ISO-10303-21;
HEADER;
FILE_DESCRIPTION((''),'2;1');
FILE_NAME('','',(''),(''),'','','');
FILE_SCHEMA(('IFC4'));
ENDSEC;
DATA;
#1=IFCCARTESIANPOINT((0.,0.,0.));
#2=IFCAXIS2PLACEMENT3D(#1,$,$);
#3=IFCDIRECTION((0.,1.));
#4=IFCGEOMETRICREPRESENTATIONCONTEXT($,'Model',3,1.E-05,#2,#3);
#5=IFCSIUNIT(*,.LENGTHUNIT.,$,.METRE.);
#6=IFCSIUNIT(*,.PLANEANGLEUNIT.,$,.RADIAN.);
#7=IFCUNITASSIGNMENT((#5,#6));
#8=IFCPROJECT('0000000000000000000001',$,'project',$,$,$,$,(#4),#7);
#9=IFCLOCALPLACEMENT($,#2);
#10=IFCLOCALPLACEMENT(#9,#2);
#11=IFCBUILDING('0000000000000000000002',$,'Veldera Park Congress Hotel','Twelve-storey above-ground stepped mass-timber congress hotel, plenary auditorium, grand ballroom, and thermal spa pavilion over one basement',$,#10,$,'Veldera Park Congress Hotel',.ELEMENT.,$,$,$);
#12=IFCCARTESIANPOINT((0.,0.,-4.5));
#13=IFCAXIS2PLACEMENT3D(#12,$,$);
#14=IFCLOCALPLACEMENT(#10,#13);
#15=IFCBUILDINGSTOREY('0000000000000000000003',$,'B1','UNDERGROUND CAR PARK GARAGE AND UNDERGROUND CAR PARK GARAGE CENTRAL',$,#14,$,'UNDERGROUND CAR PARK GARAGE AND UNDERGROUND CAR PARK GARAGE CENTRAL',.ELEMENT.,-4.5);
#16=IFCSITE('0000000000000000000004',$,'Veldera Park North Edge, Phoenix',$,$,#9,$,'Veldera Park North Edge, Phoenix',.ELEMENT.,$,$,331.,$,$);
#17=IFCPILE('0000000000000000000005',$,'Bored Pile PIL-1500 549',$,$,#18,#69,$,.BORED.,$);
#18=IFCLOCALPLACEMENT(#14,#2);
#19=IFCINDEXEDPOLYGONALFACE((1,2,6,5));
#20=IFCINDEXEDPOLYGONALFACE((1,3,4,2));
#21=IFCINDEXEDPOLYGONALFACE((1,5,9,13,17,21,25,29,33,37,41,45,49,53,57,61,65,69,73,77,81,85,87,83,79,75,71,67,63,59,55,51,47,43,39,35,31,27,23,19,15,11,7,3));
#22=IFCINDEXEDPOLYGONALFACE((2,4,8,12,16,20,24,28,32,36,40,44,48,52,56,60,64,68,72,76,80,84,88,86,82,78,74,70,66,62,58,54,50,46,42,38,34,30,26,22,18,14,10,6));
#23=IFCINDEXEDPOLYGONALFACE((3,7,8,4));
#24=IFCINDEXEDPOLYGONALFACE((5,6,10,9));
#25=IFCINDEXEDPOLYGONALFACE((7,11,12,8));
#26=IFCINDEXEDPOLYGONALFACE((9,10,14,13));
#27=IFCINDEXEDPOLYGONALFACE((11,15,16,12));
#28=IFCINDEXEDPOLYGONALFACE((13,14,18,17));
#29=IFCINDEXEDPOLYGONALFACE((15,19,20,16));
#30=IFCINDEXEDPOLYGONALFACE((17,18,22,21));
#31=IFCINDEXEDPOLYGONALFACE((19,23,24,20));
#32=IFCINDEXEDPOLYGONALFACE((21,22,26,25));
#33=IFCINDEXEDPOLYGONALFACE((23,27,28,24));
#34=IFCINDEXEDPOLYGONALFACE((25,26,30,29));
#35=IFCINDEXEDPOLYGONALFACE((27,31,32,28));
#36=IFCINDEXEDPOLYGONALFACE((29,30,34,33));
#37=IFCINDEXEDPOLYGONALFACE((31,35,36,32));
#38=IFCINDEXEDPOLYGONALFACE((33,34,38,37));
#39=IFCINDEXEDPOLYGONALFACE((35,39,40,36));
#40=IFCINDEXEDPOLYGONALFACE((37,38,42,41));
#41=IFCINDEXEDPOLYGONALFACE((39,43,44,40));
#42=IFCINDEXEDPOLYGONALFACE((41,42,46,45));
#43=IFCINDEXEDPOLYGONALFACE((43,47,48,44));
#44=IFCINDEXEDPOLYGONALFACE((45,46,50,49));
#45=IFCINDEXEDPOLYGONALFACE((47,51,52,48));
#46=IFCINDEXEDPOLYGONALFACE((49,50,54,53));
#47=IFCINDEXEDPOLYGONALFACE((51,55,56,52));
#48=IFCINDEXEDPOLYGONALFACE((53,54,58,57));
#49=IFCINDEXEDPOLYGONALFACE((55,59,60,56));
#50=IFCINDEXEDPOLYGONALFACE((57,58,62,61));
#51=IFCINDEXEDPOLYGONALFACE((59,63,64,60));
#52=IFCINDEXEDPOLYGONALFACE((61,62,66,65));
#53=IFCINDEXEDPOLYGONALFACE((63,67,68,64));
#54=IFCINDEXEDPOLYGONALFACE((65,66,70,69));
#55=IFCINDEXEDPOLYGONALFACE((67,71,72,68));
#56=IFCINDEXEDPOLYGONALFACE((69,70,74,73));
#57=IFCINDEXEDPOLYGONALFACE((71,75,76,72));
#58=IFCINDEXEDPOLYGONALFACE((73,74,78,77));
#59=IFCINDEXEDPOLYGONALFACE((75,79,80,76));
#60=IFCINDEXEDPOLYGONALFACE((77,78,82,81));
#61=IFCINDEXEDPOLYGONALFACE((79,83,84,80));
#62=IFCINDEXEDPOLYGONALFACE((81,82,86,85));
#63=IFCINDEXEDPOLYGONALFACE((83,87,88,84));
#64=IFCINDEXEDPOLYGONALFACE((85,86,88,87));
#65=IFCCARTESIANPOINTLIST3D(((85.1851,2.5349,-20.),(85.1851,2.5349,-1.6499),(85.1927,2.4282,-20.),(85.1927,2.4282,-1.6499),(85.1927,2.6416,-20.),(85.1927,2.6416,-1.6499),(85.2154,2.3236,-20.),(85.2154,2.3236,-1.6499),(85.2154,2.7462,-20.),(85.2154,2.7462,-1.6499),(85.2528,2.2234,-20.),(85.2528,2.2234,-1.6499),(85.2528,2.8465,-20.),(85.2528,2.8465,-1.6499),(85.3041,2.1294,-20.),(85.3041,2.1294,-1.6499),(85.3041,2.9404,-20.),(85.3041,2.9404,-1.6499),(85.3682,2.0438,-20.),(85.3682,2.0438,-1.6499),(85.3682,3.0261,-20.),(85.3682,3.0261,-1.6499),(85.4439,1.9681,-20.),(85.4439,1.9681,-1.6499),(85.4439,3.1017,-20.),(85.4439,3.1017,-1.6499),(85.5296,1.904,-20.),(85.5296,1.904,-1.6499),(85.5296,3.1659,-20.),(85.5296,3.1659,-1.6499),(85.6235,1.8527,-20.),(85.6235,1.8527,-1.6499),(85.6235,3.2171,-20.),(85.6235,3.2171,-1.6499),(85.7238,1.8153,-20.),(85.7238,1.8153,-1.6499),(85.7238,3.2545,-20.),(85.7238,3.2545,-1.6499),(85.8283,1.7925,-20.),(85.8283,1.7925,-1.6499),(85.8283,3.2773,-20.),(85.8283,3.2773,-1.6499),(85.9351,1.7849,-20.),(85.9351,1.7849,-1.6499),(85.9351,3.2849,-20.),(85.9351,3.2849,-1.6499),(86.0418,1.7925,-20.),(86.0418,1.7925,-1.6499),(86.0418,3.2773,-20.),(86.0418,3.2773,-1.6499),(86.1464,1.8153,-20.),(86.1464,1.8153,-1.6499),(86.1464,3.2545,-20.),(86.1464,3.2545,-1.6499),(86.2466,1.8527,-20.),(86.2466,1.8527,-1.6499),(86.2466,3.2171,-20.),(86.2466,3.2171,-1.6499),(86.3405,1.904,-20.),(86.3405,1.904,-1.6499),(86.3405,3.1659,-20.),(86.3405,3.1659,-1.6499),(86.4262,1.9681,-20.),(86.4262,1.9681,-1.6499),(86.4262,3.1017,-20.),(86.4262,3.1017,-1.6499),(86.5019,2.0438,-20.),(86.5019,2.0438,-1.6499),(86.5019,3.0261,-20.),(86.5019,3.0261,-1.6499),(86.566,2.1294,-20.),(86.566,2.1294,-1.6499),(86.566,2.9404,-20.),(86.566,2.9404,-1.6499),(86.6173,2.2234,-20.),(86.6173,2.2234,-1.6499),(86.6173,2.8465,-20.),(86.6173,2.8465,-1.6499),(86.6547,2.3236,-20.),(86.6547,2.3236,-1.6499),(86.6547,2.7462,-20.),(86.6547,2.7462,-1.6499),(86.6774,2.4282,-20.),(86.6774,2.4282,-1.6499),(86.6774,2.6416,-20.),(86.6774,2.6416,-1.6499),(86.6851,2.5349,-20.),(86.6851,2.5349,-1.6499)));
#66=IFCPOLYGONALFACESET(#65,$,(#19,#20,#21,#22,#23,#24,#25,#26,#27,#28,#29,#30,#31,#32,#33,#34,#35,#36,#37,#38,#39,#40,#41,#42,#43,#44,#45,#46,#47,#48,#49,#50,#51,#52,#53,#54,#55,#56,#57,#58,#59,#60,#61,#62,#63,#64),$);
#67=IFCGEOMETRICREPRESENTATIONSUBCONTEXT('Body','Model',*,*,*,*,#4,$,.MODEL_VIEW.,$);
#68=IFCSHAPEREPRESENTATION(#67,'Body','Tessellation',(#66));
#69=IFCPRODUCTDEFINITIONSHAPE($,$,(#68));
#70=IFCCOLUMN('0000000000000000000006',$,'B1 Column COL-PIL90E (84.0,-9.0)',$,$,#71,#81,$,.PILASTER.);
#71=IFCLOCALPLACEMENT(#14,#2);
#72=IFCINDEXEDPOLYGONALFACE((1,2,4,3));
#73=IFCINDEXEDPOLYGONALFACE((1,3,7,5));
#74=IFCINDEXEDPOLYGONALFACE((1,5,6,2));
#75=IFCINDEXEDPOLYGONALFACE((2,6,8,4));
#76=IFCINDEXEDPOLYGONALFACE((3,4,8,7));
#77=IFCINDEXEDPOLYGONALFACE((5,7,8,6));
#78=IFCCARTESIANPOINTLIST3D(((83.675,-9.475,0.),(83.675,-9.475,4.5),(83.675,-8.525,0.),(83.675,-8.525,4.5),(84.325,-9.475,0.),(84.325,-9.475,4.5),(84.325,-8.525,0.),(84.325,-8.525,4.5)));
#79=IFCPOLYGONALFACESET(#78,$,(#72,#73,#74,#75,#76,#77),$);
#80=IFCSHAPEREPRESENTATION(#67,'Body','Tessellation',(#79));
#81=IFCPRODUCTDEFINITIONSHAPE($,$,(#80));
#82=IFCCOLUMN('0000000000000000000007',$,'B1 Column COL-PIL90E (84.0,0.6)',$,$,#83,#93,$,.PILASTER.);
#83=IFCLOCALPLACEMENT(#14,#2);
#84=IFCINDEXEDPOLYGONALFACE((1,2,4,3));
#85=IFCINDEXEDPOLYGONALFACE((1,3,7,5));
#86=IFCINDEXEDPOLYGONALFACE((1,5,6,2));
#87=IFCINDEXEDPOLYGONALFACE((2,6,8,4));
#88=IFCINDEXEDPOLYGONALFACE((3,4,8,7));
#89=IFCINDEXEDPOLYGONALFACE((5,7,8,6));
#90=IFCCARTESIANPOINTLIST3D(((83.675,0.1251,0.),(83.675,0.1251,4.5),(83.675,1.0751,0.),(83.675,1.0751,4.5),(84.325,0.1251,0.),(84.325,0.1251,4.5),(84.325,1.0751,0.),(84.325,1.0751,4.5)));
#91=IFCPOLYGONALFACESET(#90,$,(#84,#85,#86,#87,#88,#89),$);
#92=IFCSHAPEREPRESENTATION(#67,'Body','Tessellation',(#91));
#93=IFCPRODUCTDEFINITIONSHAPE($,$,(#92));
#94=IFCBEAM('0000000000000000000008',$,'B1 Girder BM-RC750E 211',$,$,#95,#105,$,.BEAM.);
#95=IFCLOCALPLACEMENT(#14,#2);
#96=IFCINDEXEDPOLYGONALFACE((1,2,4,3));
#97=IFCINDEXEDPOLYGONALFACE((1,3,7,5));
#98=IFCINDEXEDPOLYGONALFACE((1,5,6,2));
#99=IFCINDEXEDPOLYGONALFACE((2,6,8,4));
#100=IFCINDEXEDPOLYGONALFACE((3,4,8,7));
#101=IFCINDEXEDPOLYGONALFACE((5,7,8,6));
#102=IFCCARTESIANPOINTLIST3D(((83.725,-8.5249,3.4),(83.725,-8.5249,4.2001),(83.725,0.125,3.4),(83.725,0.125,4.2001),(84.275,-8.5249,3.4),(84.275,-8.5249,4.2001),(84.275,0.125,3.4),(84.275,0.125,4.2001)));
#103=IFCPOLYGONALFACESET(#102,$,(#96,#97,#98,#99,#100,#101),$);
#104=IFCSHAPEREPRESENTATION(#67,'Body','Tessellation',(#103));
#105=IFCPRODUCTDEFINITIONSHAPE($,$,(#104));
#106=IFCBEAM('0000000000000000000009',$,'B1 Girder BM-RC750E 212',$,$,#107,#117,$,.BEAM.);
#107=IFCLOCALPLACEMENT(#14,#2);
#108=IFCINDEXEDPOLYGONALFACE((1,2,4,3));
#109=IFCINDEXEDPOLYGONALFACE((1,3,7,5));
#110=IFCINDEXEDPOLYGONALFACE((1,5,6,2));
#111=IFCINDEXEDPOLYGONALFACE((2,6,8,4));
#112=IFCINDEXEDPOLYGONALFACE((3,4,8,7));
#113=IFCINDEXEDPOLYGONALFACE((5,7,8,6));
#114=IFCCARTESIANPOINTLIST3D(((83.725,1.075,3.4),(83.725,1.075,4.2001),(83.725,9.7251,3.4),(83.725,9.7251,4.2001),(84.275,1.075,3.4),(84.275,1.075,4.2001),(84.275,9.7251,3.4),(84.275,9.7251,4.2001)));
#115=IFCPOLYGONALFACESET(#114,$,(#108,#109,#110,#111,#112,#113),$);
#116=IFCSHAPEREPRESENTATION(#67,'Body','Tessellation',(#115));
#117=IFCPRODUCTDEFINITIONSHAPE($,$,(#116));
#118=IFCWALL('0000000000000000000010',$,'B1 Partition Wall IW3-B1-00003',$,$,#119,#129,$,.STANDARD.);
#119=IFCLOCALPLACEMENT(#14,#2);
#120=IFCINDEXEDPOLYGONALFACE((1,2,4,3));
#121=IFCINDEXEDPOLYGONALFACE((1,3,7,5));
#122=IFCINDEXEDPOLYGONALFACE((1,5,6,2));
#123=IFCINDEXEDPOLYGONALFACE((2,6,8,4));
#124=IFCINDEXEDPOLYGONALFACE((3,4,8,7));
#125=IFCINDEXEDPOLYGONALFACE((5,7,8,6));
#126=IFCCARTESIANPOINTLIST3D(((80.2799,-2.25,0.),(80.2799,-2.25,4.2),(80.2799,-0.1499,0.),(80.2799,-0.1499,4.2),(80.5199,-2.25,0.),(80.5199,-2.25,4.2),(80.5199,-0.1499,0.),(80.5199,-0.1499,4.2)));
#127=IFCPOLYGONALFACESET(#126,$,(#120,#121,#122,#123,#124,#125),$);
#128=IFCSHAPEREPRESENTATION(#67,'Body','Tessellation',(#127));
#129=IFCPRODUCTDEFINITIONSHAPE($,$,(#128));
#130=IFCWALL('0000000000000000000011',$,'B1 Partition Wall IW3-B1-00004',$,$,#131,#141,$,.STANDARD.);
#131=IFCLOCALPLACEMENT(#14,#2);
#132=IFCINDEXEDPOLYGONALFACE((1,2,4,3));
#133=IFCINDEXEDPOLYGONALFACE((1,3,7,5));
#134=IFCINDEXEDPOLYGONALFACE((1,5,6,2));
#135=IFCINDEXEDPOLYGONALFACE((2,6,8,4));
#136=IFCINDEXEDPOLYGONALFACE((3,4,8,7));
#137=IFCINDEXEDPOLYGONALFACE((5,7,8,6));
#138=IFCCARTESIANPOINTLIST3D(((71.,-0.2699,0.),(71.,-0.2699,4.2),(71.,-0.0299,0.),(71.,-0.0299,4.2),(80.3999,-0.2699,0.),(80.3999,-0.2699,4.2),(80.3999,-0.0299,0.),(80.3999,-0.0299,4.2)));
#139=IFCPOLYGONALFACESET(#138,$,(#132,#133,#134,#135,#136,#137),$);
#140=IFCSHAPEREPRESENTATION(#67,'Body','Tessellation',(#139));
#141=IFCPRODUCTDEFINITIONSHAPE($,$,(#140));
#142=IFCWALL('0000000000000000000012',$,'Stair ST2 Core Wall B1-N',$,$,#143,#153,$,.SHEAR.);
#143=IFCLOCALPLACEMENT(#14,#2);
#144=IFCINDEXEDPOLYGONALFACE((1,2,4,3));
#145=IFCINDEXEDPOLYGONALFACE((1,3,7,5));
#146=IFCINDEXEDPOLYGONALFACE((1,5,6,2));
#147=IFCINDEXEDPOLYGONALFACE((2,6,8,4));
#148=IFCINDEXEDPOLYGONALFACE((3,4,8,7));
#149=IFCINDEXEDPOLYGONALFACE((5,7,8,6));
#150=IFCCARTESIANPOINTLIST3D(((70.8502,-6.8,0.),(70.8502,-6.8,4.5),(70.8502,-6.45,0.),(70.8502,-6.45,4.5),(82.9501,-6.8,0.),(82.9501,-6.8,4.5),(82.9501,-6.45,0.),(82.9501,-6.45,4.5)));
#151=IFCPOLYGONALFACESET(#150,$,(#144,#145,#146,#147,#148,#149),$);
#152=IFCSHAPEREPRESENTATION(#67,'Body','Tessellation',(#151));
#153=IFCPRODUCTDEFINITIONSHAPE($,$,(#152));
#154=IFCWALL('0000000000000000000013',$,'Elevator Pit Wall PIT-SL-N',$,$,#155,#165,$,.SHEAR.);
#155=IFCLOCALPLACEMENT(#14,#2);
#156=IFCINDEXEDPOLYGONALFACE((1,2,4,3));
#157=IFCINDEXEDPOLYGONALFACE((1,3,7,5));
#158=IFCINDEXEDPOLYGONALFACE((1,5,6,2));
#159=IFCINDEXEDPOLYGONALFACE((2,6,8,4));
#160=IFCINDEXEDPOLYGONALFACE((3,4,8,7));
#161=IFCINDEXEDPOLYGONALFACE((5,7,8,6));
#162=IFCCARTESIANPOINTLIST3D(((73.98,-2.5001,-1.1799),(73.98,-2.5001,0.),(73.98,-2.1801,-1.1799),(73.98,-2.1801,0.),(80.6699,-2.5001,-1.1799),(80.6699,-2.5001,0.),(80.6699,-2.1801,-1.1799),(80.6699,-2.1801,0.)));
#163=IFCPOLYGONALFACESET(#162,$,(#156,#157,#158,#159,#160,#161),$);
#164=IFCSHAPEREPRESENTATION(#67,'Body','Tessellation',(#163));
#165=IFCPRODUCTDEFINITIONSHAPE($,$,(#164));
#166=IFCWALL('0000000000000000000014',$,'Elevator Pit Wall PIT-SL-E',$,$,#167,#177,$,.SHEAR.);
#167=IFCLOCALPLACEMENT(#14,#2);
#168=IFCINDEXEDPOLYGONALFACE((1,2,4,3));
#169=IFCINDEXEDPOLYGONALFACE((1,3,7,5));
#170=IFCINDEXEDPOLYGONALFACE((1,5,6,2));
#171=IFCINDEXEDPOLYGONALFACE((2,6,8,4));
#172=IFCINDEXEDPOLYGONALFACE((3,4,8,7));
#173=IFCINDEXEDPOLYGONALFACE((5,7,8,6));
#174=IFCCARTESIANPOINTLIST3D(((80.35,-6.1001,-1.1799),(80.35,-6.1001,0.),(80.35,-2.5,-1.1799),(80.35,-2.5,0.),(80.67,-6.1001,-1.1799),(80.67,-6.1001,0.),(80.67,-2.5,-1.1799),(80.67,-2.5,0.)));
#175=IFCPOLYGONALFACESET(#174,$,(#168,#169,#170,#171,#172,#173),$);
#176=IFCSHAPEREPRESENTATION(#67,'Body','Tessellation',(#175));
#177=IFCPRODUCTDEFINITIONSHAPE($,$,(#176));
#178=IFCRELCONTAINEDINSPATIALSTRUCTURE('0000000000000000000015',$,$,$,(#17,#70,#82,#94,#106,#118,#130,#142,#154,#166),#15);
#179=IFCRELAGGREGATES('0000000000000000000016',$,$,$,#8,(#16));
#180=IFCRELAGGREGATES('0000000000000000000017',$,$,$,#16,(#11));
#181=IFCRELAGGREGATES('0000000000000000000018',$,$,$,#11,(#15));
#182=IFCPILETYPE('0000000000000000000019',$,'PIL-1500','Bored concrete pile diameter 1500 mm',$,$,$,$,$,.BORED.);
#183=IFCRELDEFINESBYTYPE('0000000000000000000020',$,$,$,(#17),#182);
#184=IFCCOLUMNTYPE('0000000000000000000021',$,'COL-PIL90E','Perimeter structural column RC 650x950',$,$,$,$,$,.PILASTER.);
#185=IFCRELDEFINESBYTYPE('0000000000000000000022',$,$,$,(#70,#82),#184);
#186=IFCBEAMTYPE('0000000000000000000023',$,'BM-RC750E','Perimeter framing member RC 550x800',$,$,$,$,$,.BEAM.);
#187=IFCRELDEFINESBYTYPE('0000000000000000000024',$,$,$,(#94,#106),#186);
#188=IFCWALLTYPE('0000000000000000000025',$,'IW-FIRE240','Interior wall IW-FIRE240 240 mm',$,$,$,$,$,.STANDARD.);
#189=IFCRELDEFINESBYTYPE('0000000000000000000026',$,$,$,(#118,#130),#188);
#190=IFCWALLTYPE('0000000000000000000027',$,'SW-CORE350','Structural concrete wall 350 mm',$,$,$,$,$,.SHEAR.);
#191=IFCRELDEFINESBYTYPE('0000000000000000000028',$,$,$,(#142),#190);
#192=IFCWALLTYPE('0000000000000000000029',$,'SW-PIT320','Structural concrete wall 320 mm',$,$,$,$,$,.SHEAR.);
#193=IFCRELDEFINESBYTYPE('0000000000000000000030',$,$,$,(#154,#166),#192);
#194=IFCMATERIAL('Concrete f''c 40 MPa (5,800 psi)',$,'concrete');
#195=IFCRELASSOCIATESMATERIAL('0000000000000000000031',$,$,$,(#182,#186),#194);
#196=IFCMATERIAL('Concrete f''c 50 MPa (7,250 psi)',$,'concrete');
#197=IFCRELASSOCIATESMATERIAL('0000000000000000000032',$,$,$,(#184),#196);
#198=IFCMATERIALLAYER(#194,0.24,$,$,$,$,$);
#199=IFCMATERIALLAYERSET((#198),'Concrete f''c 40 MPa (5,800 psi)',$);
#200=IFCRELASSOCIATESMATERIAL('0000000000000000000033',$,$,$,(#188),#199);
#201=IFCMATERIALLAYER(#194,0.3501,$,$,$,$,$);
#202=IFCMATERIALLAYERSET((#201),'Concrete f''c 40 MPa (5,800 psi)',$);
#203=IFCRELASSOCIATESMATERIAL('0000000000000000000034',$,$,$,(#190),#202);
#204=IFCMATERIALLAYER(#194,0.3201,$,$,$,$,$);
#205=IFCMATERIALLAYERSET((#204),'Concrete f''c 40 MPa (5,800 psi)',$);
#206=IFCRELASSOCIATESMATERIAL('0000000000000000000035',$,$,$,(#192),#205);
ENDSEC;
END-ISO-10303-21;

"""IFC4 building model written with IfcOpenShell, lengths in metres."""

from ifc_helpers import new_model, si_unit, direction, frame, frame_2d, origin, origin_2d, place, context, subcontext, project, spatial, rectangle, circle, extrude, material, layer, layer_set, material_profile, profile_set, type_object, element, save


model = new_model("IFC4")

# Units and contexts
model_context = context("Model", 3, precision=1e-05, world=origin(), true_north=direction((0.0, 1.0)))
body_context = subcontext(model_context, "Body", "Model", "MODEL_VIEW")
ifc_project = project(units=[si_unit("LENGTHUNIT", "METRE"), si_unit("PLANEANGLEUNIT", "RADIAN")], contexts=[model_context])

# Site, building, storey
site_placement = place(None, origin())
site = spatial("IfcSite", under=ifc_project, at=site_placement, Name="Veldera Park North Edge, Phoenix", LongName="Veldera Park North Edge, Phoenix", CompositionType="ELEMENT", RefElevation=331.0)
building_placement = place(site_placement, origin())
building = spatial("IfcBuilding", under=site, at=building_placement, Name="Veldera Park Congress Hotel", Description="Twelve-storey above-ground stepped mass-timber congress hotel, plenary auditorium, grand ballroom, and thermal spa pavilion over one basement", LongName="Veldera Park Congress Hotel", CompositionType="ELEMENT")
storey_placement = place(building_placement, frame((0.0, 0.0, -4.5)))
storey = spatial("IfcBuildingStorey", under=building, at=storey_placement, Name="B1", Description="UNDERGROUND CAR PARK GARAGE AND UNDERGROUND CAR PARK GARAGE CENTRAL", LongName="UNDERGROUND CAR PARK GARAGE AND UNDERGROUND CAR PARK GARAGE CENTRAL", CompositionType="ELEMENT", Elevation=-4.5)

# Shared definitions
ifc_material_1 = material(Name="Concrete f'c 40 MPa (5,800 psi)", Category="concrete")

# Pile
ifc_material_profile_1 = material_profile(ifc_material_1, circle(Radius=0.75, at=origin_2d()), Name="PILE D1500")
ifc_profile_set_1 = profile_set([ifc_material_profile_1], Name="Concrete f'c 40 MPa (5,800 psi)")
pile_type = type_object("IfcPileType", Name="PIL-1500", Description="Bored concrete pile diameter 1500 mm", PredefinedType="BORED", material=ifc_profile_set_1)
for number, where, z_axis, x_axis, name in (
    (1, (85.9351, 2.5349, -1.6499), (0.0, 0.0, -1.0), (1.0, 0.0, 0.0), "Bored Pile PIL-1500 549"),
):
    element("IfcPile", number, at=place(storey_placement, frame(where, z_axis=z_axis, x_axis=x_axis)), inside=storey, type_object=pile_type, Name=name, PredefinedType="BORED", context=body_context, shape_type="SweptSolid", body=[
        extrude(circle(Radius=0.75, at=origin_2d()), origin(), (0.0, 0.0, 1.0), 18.3501),
    ])

# Columns
ifc_material_2 = material(Name="Concrete f'c 50 MPa (7,250 psi)", Category="concrete")
ifc_material_profile_2 = material_profile(ifc_material_2, rectangle(XDim=0.6499, YDim=0.95, at=origin_2d()), Name="RC 650x950")
ifc_profile_set_2 = profile_set([ifc_material_profile_2], Name="Concrete f'c 50 MPa (7,250 psi)")
column_type = type_object("IfcColumnType", Name="COL-PIL90E", Description="Perimeter structural column RC 650x950", PredefinedType="PILASTER", material=ifc_profile_set_2)
for number, where, z_axis, x_axis, name in (
    (2, (84.0, -9.0, 0.0), (0.0, 0.0, 1.0), (1.0, 0.0, 0.0), "B1 Column COL-PIL90E (84.0,-9.0)"),
    (3, (84.0, 0.6001, 0.0), (0.0, 0.0, 1.0), (1.0, 0.0, 0.0), "B1 Column COL-PIL90E (84.0,0.6)"),
):
    element("IfcColumn", number, at=place(storey_placement, frame(where, z_axis=z_axis, x_axis=x_axis)), inside=storey, type_object=column_type, Name=name, PredefinedType="PILASTER", context=body_context, shape_type="SweptSolid", body=[
        extrude(rectangle(XDim=0.6499, YDim=0.95, at=origin_2d()), origin(), (0.0, 0.0, 1.0), 4.5),
    ])

# Beams
ifc_material_profile_3 = material_profile(ifc_material_1, rectangle(XDim=0.55, YDim=0.8, at=origin_2d()), Name="RC 550x800")
ifc_profile_set_3 = profile_set([ifc_material_profile_3], Name="Concrete f'c 40 MPa (5,800 psi)")
beam_type = type_object("IfcBeamType", Name="BM-RC750E", Description="Perimeter framing member RC 550x800", PredefinedType="BEAM", material=ifc_profile_set_3)
beam_1_placement = place(storey_placement, frame((84.0, -8.5249, 3.8), z_axis=(0.0, 1.0, 0.0), x_axis=(-1.0, 0.0, 0.0)))
element("IfcBeam", 4, at=beam_1_placement, inside=storey, type_object=beam_type, Name="B1 Girder BM-RC750E 211", PredefinedType="BEAM", context=body_context, shape_type="SweptSolid", body=[
    extrude(rectangle(XDim=0.55, YDim=0.8, at=origin_2d()), origin(), (0.0, 0.0, 1.0), 8.6499),
])
beam_2_placement = place(storey_placement, frame((84.0, 1.075, 3.8), z_axis=(0.0, 1.0, 0.0), x_axis=(-1.0, 0.0, 0.0)))
element("IfcBeam", 5, at=beam_2_placement, inside=storey, type_object=beam_type, Name="B1 Girder BM-RC750E 212", PredefinedType="BEAM", context=body_context, shape_type="SweptSolid", body=[
    extrude(rectangle(XDim=0.55, YDim=0.8, at=origin_2d()), origin(), (0.0, 0.0, 1.0), 8.6501),
])

# Walls
ifc_layer_1 = layer(ifc_material_1, 0.24)
ifc_layer_set_1 = layer_set([ifc_layer_1], Name="Concrete f'c 40 MPa (5,800 psi)")
wall_type_1 = type_object("IfcWallType", Name="IW-FIRE240", Description="Interior wall IW-FIRE240 240 mm", PredefinedType="STANDARD", material=ifc_layer_set_1)
wall_1_placement = place(storey_placement, frame((80.3999, -2.25, 0.0), z_axis=(0.0, 0.0, 1.0), x_axis=(0.0, 1.0, 0.0)))
element("IfcWall", 6, at=wall_1_placement, inside=storey, type_object=wall_type_1, Name="B1 Partition Wall IW3-B1-00003", PredefinedType="STANDARD", context=body_context, shape_type="SweptSolid", body=[
    extrude(rectangle(XDim=2.1001, YDim=0.24, at=frame_2d((1.05, 0.0))), origin(), (0.0, 0.0, 1.0), 4.2),
])
wall_2_placement = place(storey_placement, frame((80.3999, -0.1499, 0.0), z_axis=(0.0, 0.0, 1.0), x_axis=(-1.0, 0.0, 0.0)))
element("IfcWall", 7, at=wall_2_placement, inside=storey, type_object=wall_type_1, Name="B1 Partition Wall IW3-B1-00004", PredefinedType="STANDARD", context=body_context, shape_type="SweptSolid", body=[
    extrude(rectangle(XDim=9.3999, YDim=0.24, at=frame_2d((4.7, 0.0))), origin(), (0.0, 0.0, 1.0), 4.2),
])
ifc_layer_2 = layer(ifc_material_1, 0.3501)
ifc_layer_set_2 = layer_set([ifc_layer_2], Name="Concrete f'c 40 MPa (5,800 psi)")
wall_type_2 = type_object("IfcWallType", Name="SW-CORE350", Description="Structural concrete wall 350 mm", PredefinedType="SHEAR", material=ifc_layer_set_2)
wall_3_placement = place(storey_placement, frame((82.95, -6.625, 0.0), z_axis=(0.0, 0.0, 1.0), x_axis=(-1.0, 0.0, 0.0)))
element("IfcWall", 8, at=wall_3_placement, inside=storey, type_object=wall_type_2, Name="Stair ST2 Core Wall B1-N", PredefinedType="SHEAR", context=body_context, shape_type="SweptSolid", body=[
    extrude(rectangle(XDim=12.0999, YDim=0.3501, at=frame_2d((6.0498, 0.0))), origin(), (0.0, 0.0, 1.0), 4.5),
])
ifc_layer_3 = layer(ifc_material_1, 0.3201)
ifc_layer_set_3 = layer_set([ifc_layer_3], Name="Concrete f'c 40 MPa (5,800 psi)")
wall_type_3 = type_object("IfcWallType", Name="SW-PIT320", Description="Structural concrete wall 320 mm", PredefinedType="SHEAR", material=ifc_layer_set_3)
wall_4_placement = place(storey_placement, frame((80.6699, -2.3401, -1.1799), z_axis=(0.0, 0.0, 1.0), x_axis=(-1.0, 0.0, 0.0)))
element("IfcWall", 9, at=wall_4_placement, inside=storey, type_object=wall_type_3, Name="Elevator Pit Wall PIT-SL-N", PredefinedType="SHEAR", context=body_context, shape_type="SweptSolid", body=[
    extrude(rectangle(XDim=6.6899, YDim=0.3201, at=frame_2d((3.345, 0.0))), origin(), (0.0, 0.0, 1.0), 1.1799),
])
wall_5_placement = place(storey_placement, frame((80.51, -6.1001, -1.1799), z_axis=(0.0, 0.0, 1.0), x_axis=(0.0, 1.0, 0.0)))
element("IfcWall", 10, at=wall_5_placement, inside=storey, type_object=wall_type_3, Name="Elevator Pit Wall PIT-SL-E", PredefinedType="SHEAR", context=body_context, shape_type="SweptSolid", body=[
    extrude(rectangle(XDim=3.6001, YDim=0.3201, at=frame_2d((1.8, 0.0))), origin(), (0.0, 0.0, 1.0), 1.1799),
])

save(model, "model.ifc")
